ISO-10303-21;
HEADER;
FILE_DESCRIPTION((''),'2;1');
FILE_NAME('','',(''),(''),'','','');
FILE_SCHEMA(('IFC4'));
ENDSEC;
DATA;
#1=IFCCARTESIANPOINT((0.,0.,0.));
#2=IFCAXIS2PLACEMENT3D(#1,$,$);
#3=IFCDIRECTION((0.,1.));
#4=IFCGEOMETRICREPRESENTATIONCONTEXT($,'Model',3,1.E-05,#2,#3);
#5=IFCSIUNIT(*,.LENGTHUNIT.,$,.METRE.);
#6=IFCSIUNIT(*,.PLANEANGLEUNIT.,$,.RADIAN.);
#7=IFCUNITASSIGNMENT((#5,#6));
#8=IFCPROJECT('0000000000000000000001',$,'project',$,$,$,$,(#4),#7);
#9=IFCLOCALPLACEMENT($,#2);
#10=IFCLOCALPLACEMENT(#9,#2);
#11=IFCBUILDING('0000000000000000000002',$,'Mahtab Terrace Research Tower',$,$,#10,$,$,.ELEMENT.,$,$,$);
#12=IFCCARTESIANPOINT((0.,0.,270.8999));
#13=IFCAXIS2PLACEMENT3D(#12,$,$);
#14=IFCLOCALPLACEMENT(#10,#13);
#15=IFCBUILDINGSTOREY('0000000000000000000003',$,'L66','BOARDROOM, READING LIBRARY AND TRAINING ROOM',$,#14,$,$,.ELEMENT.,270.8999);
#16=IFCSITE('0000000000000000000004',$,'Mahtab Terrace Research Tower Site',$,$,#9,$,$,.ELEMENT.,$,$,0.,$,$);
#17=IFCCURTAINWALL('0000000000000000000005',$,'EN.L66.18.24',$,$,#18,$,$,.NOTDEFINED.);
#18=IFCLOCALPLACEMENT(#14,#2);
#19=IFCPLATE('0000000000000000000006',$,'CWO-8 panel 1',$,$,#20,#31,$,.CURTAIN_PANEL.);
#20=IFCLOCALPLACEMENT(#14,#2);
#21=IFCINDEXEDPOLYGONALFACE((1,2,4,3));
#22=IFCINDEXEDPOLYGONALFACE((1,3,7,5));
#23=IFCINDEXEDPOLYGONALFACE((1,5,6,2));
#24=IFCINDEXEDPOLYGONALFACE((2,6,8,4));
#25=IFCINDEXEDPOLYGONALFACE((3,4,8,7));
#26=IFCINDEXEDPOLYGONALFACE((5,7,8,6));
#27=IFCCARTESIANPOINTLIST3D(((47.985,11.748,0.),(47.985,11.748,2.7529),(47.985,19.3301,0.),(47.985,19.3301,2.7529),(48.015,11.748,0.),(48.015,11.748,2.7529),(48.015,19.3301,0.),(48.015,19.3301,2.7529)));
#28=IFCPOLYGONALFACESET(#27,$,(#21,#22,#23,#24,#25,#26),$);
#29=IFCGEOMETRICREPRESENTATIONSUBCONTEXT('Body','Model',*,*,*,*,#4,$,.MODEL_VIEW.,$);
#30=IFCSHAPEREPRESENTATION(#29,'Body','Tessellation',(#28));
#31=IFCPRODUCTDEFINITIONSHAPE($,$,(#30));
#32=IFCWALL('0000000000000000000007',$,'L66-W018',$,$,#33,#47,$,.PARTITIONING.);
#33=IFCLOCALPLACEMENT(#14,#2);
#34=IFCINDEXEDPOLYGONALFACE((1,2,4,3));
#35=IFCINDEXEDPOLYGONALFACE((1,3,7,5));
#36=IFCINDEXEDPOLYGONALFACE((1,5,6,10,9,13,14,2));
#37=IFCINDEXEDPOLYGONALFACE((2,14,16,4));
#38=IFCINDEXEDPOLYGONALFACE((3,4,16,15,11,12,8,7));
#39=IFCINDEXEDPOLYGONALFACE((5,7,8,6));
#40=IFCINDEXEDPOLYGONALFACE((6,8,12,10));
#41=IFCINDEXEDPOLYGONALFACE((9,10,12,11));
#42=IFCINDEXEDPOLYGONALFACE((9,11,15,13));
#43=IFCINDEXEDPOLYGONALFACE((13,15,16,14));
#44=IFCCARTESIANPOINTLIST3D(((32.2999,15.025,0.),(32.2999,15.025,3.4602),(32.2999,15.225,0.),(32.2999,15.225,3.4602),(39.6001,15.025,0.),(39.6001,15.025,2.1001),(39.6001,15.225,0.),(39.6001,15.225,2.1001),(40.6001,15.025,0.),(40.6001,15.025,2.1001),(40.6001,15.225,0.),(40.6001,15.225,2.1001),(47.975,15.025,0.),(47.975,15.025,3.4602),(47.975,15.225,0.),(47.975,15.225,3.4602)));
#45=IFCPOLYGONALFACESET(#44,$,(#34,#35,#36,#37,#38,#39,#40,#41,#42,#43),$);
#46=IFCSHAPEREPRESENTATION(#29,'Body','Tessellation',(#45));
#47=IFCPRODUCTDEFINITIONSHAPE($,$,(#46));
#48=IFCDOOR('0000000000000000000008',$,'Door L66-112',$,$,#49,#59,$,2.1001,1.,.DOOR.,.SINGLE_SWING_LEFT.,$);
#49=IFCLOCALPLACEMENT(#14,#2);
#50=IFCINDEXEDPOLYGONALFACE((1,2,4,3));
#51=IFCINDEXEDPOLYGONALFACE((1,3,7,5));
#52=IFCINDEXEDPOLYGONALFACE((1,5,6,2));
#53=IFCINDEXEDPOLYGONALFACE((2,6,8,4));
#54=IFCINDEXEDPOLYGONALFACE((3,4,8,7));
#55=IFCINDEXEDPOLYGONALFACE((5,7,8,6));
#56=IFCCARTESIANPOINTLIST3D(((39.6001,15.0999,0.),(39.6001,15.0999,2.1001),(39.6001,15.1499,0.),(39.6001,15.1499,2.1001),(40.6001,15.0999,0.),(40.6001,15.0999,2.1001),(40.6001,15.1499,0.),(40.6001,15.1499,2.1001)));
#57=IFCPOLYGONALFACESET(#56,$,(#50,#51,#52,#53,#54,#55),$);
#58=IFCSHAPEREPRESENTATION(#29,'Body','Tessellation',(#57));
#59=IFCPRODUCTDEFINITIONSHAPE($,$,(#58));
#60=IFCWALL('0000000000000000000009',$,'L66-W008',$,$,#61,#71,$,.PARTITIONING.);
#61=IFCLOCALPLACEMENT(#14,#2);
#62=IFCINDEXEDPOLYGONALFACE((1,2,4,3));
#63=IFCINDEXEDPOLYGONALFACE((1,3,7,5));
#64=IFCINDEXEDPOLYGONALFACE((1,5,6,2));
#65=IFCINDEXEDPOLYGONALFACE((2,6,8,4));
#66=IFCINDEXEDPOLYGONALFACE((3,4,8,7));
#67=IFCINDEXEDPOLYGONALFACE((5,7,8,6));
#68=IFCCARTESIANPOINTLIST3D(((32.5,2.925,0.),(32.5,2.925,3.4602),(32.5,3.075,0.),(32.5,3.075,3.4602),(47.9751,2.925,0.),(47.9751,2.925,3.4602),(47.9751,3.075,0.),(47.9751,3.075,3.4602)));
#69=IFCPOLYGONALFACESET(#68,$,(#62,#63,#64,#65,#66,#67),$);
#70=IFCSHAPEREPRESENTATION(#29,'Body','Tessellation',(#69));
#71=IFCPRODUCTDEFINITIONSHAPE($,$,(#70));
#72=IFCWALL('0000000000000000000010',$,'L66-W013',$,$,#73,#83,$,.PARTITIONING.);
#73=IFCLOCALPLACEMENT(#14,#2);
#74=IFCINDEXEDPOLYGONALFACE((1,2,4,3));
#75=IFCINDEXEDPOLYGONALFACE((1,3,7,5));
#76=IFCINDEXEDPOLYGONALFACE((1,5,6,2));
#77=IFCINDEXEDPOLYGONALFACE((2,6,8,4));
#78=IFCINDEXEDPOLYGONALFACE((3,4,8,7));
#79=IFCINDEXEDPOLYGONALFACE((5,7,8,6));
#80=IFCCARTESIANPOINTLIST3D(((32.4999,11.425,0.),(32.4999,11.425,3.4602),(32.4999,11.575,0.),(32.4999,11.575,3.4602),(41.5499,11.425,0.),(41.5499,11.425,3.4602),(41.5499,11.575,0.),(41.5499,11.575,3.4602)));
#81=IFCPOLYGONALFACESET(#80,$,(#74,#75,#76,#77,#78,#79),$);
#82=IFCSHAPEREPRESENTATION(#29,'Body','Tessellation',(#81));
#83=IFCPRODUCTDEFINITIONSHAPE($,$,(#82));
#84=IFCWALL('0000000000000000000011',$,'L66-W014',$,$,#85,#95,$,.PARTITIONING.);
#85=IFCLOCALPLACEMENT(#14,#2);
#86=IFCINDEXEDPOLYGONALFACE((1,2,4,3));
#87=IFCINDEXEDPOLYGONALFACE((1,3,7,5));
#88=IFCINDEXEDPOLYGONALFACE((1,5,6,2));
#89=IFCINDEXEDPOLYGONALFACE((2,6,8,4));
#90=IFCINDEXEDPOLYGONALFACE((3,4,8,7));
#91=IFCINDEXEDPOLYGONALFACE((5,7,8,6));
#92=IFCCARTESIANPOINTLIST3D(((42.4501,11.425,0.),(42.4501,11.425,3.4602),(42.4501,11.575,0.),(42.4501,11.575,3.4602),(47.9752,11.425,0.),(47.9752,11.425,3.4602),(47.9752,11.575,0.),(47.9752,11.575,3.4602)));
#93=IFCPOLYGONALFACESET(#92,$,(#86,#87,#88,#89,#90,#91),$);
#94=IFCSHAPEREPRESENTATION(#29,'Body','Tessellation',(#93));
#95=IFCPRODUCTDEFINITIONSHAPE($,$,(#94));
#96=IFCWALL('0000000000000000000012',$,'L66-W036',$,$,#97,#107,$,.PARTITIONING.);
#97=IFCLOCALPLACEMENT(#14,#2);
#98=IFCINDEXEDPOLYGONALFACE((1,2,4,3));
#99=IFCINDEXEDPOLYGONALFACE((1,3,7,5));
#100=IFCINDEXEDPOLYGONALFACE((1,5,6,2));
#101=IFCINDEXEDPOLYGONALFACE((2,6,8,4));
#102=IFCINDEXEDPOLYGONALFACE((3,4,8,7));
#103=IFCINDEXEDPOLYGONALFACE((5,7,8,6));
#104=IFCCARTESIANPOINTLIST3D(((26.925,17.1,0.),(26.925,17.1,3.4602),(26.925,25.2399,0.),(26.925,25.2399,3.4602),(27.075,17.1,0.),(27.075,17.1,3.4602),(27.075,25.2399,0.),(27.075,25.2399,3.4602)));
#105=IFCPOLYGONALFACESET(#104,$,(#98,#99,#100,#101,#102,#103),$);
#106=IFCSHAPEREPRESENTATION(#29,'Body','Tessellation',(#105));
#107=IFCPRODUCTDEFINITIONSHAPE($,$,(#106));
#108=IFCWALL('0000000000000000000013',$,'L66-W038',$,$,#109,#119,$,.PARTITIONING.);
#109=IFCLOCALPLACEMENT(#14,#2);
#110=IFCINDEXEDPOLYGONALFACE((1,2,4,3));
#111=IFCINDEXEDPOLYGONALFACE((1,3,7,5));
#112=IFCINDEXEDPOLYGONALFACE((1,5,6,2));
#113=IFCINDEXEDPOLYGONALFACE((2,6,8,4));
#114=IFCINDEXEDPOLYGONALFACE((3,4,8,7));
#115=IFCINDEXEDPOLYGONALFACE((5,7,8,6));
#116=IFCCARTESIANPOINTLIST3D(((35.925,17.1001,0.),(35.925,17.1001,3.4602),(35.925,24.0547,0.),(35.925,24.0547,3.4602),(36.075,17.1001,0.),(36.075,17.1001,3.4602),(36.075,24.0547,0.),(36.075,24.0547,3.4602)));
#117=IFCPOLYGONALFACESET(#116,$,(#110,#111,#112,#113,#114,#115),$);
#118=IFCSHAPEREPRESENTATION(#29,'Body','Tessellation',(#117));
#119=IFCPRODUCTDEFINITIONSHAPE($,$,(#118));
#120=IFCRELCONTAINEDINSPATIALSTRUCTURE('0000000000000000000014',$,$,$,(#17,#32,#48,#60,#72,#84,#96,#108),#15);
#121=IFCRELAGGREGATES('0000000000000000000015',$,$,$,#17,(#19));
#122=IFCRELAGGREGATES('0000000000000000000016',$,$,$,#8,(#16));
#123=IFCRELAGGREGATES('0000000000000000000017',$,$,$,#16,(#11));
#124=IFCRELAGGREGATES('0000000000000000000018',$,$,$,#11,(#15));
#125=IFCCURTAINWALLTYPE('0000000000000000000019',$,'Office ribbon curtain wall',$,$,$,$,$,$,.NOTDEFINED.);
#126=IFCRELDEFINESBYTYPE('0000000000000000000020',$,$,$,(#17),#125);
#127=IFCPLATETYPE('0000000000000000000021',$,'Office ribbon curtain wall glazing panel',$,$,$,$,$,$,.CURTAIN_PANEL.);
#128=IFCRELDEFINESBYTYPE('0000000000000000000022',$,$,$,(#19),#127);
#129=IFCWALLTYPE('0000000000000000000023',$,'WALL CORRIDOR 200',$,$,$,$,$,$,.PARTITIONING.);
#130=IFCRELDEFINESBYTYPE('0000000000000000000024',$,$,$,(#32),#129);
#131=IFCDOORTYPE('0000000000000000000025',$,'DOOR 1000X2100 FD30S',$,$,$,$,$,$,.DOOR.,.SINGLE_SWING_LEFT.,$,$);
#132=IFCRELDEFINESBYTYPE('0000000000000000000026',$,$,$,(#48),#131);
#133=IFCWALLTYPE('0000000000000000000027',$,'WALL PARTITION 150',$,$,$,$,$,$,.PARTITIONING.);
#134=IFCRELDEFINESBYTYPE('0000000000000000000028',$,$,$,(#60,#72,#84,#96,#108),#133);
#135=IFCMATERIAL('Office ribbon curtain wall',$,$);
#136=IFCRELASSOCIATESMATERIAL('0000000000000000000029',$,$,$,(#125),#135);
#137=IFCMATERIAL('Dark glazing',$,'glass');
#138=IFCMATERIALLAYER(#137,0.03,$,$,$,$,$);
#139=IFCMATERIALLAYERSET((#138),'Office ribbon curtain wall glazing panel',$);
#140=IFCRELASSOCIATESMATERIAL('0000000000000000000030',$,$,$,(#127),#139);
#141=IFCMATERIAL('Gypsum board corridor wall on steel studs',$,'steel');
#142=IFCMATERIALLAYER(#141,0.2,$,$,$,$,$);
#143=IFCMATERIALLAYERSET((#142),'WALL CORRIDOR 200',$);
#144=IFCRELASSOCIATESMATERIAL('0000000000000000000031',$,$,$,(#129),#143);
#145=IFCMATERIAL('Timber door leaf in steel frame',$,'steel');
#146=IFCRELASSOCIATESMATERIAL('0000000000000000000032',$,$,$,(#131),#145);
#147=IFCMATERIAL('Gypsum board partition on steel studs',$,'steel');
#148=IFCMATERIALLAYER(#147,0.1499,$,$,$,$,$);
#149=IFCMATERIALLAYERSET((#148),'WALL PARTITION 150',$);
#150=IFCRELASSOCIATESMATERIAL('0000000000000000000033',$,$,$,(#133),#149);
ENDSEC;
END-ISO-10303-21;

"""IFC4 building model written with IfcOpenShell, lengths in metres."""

from ifc_helpers import new_model, si_unit, direction, frame, frame_2d, origin, origin_2d, place, context, subcontext, project, spatial, rectangle, extrude, material, layer, layer_set, type_object, element, fill, aggregate, save


model = new_model("IFC4")

# Units and contexts
model_context = context("Model", 3, precision=1e-05, world=origin(), true_north=direction((0.0, 1.0)))
body_context = subcontext(model_context, "Body", "Model", "MODEL_VIEW")
ifc_project = project(units=[si_unit("LENGTHUNIT", "METRE"), si_unit("PLANEANGLEUNIT", "RADIAN")], contexts=[model_context])

# Site, building, storey
site_placement = place(None, origin())
site = spatial("IfcSite", under=ifc_project, at=site_placement, Name="Mahtab Terrace Research Tower Site", CompositionType="ELEMENT", RefElevation=0.0)
building_placement = place(site_placement, origin())
building = spatial("IfcBuilding", under=site, at=building_placement, Name="Mahtab Terrace Research Tower", CompositionType="ELEMENT")
storey_placement = place(building_placement, frame((0.0, 0.0, 270.8999)))
storey = spatial("IfcBuildingStorey", under=building, at=storey_placement, Name="L66", Description="BOARDROOM, READING LIBRARY AND TRAINING ROOM", CompositionType="ELEMENT", Elevation=270.8999)

# Shared definitions
ifc_material_1 = material(Name="Office ribbon curtain wall")
curtain_wall_type = type_object("IfcCurtainWallType", Name="Office ribbon curtain wall", PredefinedType="NOTDEFINED", material=ifc_material_1)

# Curtain wall
curtain_wall_1_placement = place(storey_placement, origin())
curtain_wall_1 = element("IfcCurtainWall", 1, at=curtain_wall_1_placement, inside=storey, type_object=curtain_wall_type, Name="EN.L66.18.24", PredefinedType="NOTDEFINED")

# Plate
ifc_material_2 = material(Name="Dark glazing", Category="glass")
ifc_layer_1 = layer(ifc_material_2, 0.03)
ifc_layer_set_1 = layer_set([ifc_layer_1], Name="Office ribbon curtain wall glazing panel")
plate_type = type_object("IfcPlateType", Name="Office ribbon curtain wall glazing panel", PredefinedType="CURTAIN_PANEL", material=ifc_layer_set_1)
plate_1_placement = place(storey_placement, frame((48.0, 15.5391, 0.0), z_axis=(0.0, 0.0, 1.0), x_axis=(0.0, 1.0, 0.0)))
plate_1 = element("IfcPlate", 2, at=plate_1_placement, type_object=plate_type, Name="CWO-8 panel 1", PredefinedType="CURTAIN_PANEL", context=body_context, shape_type="SweptSolid", body=[
    extrude(rectangle(XDim=7.582, YDim=0.03, at=origin_2d()), origin(), (0.0, 0.0, 1.0), 2.7529),
])
aggregate(curtain_wall_1, [plate_1])

# Wall, opening, door
ifc_material_3 = material(Name="Gypsum board corridor wall on steel studs", Category="steel")
ifc_layer_2 = layer(ifc_material_3, 0.2)
ifc_layer_set_2 = layer_set([ifc_layer_2], Name="WALL CORRIDOR 200")
wall_type_1 = type_object("IfcWallType", Name="WALL CORRIDOR 200", PredefinedType="PARTITIONING", material=ifc_layer_set_2)
wall_1_placement = place(storey_placement, frame((32.3, 15.125, 0.0), z_axis=(0.0, 0.0, 1.0), x_axis=(1.0, 0.0, 0.0)))
wall_1 = element("IfcWall", 3, at=wall_1_placement, inside=storey, type_object=wall_type_1, Name="L66-W018", PredefinedType="PARTITIONING", context=body_context, shape_type="SweptSolid", body=[
    extrude(rectangle(XDim=15.675, YDim=0.2, at=frame_2d((7.8374, 0.0))), origin(), (0.0, 0.0, 1.0), 3.4602),
])
opening_placement = place(wall_1_placement, frame((7.3, 0.0, 0.0)))
opening = element("IfcOpeningElement", 4, at=opening_placement, cuts=wall_1, PredefinedType="OPENING", context=body_context, shape_type="SweptSolid", body=[
    extrude(rectangle(XDim=1.0, YDim=2.1001, at=frame_2d((0.5, 1.05))), frame((0.0, 0.1099, 0.0), z_axis=(0.0, -1.0, 0.0), x_axis=(1.0, 0.0, 0.0)), (0.0, 0.0, 1.0), 0.22),
])
ifc_material_4 = material(Name="Timber door leaf in steel frame", Category="steel")
door_type = type_object("IfcDoorType", Name="DOOR 1000X2100 FD30S", OperationType="SINGLE_SWING_LEFT", PredefinedType="DOOR", material=ifc_material_4)
door_placement = place(opening_placement, origin())
door = element("IfcDoor", 5, at=door_placement, inside=storey, type_object=door_type, Name="Door L66-112", OperationType="SINGLE_SWING_LEFT", OverallHeight=2.1001, OverallWidth=1.0, PredefinedType="DOOR", context=body_context, shape_type="SweptSolid", body=[
    extrude(rectangle(XDim=1.0, YDim=2.1001, at=frame_2d((0.5, 1.05))), frame((0.0, 0.0249, 0.0), z_axis=(0.0, -1.0, 0.0), x_axis=(1.0, 0.0, 0.0)), (0.0, 0.0, 1.0), 0.05),
])
fill(opening, door)

# Walls
ifc_material_5 = material(Name="Gypsum board partition on steel studs", Category="steel")
ifc_layer_3 = layer(ifc_material_5, 0.1499)
ifc_layer_set_3 = layer_set([ifc_layer_3], Name="WALL PARTITION 150")
wall_type_2 = type_object("IfcWallType", Name="WALL PARTITION 150", PredefinedType="PARTITIONING", material=ifc_layer_set_3)
wall_2_placement = place(storey_placement, frame((32.5, 3.0, 0.0), z_axis=(0.0, 0.0, 1.0), x_axis=(1.0, 0.0, 0.0)))
element("IfcWall", 6, at=wall_2_placement, inside=storey, type_object=wall_type_2, Name="L66-W008", PredefinedType="PARTITIONING", context=body_context, shape_type="SweptSolid", body=[
    extrude(rectangle(XDim=15.4751, YDim=0.1499, at=frame_2d((7.7375, 0.0))), origin(), (0.0, 0.0, 1.0), 3.4602),
])
wall_3_placement = place(storey_placement, frame((32.5, 11.5, 0.0), z_axis=(0.0, 0.0, 1.0), x_axis=(1.0, 0.0, 0.0)))
element("IfcWall", 7, at=wall_3_placement, inside=storey, type_object=wall_type_2, Name="L66-W013", PredefinedType="PARTITIONING", context=body_context, shape_type="SweptSolid", body=[
    extrude(rectangle(XDim=9.05, YDim=0.1499, at=frame_2d((4.5249, 0.0))), origin(), (0.0, 0.0, 1.0), 3.4602),
])
wall_4_placement = place(storey_placement, frame((42.45, 11.5, 0.0), z_axis=(0.0, 0.0, 1.0), x_axis=(1.0, 0.0, 0.0)))
element("IfcWall", 8, at=wall_4_placement, inside=storey, type_object=wall_type_2, Name="L66-W014", PredefinedType="PARTITIONING", context=body_context, shape_type="SweptSolid", body=[
    extrude(rectangle(XDim=5.5251, YDim=0.1499, at=frame_2d((2.7627, 0.0))), origin(), (0.0, 0.0, 1.0), 3.4602),
])
wall_5_placement = place(storey_placement, frame((27.0, 17.1001, 0.0), z_axis=(0.0, 0.0, 1.0), x_axis=(0.0, 1.0, 0.0)))
element("IfcWall", 9, at=wall_5_placement, inside=storey, type_object=wall_type_2, Name="L66-W036", PredefinedType="PARTITIONING", context=body_context, shape_type="SweptSolid", body=[
    extrude(rectangle(XDim=8.1399, YDim=0.1499, at=frame_2d((4.0698, 0.0))), origin(), (0.0, 0.0, 1.0), 3.4602),
])
wall_6_placement = place(storey_placement, frame((36.0, 17.1001, 0.0), z_axis=(0.0, 0.0, 1.0), x_axis=(0.0, 1.0, 0.0)))
element("IfcWall", 10, at=wall_6_placement, inside=storey, type_object=wall_type_2, Name="L66-W038", PredefinedType="PARTITIONING", context=body_context, shape_type="SweptSolid", body=[
    extrude(rectangle(XDim=6.9546, YDim=0.1499, at=frame_2d((3.4773, 0.0))), origin(), (0.0, 0.0, 1.0), 3.4602),
])

save(model, "model.ifc")
